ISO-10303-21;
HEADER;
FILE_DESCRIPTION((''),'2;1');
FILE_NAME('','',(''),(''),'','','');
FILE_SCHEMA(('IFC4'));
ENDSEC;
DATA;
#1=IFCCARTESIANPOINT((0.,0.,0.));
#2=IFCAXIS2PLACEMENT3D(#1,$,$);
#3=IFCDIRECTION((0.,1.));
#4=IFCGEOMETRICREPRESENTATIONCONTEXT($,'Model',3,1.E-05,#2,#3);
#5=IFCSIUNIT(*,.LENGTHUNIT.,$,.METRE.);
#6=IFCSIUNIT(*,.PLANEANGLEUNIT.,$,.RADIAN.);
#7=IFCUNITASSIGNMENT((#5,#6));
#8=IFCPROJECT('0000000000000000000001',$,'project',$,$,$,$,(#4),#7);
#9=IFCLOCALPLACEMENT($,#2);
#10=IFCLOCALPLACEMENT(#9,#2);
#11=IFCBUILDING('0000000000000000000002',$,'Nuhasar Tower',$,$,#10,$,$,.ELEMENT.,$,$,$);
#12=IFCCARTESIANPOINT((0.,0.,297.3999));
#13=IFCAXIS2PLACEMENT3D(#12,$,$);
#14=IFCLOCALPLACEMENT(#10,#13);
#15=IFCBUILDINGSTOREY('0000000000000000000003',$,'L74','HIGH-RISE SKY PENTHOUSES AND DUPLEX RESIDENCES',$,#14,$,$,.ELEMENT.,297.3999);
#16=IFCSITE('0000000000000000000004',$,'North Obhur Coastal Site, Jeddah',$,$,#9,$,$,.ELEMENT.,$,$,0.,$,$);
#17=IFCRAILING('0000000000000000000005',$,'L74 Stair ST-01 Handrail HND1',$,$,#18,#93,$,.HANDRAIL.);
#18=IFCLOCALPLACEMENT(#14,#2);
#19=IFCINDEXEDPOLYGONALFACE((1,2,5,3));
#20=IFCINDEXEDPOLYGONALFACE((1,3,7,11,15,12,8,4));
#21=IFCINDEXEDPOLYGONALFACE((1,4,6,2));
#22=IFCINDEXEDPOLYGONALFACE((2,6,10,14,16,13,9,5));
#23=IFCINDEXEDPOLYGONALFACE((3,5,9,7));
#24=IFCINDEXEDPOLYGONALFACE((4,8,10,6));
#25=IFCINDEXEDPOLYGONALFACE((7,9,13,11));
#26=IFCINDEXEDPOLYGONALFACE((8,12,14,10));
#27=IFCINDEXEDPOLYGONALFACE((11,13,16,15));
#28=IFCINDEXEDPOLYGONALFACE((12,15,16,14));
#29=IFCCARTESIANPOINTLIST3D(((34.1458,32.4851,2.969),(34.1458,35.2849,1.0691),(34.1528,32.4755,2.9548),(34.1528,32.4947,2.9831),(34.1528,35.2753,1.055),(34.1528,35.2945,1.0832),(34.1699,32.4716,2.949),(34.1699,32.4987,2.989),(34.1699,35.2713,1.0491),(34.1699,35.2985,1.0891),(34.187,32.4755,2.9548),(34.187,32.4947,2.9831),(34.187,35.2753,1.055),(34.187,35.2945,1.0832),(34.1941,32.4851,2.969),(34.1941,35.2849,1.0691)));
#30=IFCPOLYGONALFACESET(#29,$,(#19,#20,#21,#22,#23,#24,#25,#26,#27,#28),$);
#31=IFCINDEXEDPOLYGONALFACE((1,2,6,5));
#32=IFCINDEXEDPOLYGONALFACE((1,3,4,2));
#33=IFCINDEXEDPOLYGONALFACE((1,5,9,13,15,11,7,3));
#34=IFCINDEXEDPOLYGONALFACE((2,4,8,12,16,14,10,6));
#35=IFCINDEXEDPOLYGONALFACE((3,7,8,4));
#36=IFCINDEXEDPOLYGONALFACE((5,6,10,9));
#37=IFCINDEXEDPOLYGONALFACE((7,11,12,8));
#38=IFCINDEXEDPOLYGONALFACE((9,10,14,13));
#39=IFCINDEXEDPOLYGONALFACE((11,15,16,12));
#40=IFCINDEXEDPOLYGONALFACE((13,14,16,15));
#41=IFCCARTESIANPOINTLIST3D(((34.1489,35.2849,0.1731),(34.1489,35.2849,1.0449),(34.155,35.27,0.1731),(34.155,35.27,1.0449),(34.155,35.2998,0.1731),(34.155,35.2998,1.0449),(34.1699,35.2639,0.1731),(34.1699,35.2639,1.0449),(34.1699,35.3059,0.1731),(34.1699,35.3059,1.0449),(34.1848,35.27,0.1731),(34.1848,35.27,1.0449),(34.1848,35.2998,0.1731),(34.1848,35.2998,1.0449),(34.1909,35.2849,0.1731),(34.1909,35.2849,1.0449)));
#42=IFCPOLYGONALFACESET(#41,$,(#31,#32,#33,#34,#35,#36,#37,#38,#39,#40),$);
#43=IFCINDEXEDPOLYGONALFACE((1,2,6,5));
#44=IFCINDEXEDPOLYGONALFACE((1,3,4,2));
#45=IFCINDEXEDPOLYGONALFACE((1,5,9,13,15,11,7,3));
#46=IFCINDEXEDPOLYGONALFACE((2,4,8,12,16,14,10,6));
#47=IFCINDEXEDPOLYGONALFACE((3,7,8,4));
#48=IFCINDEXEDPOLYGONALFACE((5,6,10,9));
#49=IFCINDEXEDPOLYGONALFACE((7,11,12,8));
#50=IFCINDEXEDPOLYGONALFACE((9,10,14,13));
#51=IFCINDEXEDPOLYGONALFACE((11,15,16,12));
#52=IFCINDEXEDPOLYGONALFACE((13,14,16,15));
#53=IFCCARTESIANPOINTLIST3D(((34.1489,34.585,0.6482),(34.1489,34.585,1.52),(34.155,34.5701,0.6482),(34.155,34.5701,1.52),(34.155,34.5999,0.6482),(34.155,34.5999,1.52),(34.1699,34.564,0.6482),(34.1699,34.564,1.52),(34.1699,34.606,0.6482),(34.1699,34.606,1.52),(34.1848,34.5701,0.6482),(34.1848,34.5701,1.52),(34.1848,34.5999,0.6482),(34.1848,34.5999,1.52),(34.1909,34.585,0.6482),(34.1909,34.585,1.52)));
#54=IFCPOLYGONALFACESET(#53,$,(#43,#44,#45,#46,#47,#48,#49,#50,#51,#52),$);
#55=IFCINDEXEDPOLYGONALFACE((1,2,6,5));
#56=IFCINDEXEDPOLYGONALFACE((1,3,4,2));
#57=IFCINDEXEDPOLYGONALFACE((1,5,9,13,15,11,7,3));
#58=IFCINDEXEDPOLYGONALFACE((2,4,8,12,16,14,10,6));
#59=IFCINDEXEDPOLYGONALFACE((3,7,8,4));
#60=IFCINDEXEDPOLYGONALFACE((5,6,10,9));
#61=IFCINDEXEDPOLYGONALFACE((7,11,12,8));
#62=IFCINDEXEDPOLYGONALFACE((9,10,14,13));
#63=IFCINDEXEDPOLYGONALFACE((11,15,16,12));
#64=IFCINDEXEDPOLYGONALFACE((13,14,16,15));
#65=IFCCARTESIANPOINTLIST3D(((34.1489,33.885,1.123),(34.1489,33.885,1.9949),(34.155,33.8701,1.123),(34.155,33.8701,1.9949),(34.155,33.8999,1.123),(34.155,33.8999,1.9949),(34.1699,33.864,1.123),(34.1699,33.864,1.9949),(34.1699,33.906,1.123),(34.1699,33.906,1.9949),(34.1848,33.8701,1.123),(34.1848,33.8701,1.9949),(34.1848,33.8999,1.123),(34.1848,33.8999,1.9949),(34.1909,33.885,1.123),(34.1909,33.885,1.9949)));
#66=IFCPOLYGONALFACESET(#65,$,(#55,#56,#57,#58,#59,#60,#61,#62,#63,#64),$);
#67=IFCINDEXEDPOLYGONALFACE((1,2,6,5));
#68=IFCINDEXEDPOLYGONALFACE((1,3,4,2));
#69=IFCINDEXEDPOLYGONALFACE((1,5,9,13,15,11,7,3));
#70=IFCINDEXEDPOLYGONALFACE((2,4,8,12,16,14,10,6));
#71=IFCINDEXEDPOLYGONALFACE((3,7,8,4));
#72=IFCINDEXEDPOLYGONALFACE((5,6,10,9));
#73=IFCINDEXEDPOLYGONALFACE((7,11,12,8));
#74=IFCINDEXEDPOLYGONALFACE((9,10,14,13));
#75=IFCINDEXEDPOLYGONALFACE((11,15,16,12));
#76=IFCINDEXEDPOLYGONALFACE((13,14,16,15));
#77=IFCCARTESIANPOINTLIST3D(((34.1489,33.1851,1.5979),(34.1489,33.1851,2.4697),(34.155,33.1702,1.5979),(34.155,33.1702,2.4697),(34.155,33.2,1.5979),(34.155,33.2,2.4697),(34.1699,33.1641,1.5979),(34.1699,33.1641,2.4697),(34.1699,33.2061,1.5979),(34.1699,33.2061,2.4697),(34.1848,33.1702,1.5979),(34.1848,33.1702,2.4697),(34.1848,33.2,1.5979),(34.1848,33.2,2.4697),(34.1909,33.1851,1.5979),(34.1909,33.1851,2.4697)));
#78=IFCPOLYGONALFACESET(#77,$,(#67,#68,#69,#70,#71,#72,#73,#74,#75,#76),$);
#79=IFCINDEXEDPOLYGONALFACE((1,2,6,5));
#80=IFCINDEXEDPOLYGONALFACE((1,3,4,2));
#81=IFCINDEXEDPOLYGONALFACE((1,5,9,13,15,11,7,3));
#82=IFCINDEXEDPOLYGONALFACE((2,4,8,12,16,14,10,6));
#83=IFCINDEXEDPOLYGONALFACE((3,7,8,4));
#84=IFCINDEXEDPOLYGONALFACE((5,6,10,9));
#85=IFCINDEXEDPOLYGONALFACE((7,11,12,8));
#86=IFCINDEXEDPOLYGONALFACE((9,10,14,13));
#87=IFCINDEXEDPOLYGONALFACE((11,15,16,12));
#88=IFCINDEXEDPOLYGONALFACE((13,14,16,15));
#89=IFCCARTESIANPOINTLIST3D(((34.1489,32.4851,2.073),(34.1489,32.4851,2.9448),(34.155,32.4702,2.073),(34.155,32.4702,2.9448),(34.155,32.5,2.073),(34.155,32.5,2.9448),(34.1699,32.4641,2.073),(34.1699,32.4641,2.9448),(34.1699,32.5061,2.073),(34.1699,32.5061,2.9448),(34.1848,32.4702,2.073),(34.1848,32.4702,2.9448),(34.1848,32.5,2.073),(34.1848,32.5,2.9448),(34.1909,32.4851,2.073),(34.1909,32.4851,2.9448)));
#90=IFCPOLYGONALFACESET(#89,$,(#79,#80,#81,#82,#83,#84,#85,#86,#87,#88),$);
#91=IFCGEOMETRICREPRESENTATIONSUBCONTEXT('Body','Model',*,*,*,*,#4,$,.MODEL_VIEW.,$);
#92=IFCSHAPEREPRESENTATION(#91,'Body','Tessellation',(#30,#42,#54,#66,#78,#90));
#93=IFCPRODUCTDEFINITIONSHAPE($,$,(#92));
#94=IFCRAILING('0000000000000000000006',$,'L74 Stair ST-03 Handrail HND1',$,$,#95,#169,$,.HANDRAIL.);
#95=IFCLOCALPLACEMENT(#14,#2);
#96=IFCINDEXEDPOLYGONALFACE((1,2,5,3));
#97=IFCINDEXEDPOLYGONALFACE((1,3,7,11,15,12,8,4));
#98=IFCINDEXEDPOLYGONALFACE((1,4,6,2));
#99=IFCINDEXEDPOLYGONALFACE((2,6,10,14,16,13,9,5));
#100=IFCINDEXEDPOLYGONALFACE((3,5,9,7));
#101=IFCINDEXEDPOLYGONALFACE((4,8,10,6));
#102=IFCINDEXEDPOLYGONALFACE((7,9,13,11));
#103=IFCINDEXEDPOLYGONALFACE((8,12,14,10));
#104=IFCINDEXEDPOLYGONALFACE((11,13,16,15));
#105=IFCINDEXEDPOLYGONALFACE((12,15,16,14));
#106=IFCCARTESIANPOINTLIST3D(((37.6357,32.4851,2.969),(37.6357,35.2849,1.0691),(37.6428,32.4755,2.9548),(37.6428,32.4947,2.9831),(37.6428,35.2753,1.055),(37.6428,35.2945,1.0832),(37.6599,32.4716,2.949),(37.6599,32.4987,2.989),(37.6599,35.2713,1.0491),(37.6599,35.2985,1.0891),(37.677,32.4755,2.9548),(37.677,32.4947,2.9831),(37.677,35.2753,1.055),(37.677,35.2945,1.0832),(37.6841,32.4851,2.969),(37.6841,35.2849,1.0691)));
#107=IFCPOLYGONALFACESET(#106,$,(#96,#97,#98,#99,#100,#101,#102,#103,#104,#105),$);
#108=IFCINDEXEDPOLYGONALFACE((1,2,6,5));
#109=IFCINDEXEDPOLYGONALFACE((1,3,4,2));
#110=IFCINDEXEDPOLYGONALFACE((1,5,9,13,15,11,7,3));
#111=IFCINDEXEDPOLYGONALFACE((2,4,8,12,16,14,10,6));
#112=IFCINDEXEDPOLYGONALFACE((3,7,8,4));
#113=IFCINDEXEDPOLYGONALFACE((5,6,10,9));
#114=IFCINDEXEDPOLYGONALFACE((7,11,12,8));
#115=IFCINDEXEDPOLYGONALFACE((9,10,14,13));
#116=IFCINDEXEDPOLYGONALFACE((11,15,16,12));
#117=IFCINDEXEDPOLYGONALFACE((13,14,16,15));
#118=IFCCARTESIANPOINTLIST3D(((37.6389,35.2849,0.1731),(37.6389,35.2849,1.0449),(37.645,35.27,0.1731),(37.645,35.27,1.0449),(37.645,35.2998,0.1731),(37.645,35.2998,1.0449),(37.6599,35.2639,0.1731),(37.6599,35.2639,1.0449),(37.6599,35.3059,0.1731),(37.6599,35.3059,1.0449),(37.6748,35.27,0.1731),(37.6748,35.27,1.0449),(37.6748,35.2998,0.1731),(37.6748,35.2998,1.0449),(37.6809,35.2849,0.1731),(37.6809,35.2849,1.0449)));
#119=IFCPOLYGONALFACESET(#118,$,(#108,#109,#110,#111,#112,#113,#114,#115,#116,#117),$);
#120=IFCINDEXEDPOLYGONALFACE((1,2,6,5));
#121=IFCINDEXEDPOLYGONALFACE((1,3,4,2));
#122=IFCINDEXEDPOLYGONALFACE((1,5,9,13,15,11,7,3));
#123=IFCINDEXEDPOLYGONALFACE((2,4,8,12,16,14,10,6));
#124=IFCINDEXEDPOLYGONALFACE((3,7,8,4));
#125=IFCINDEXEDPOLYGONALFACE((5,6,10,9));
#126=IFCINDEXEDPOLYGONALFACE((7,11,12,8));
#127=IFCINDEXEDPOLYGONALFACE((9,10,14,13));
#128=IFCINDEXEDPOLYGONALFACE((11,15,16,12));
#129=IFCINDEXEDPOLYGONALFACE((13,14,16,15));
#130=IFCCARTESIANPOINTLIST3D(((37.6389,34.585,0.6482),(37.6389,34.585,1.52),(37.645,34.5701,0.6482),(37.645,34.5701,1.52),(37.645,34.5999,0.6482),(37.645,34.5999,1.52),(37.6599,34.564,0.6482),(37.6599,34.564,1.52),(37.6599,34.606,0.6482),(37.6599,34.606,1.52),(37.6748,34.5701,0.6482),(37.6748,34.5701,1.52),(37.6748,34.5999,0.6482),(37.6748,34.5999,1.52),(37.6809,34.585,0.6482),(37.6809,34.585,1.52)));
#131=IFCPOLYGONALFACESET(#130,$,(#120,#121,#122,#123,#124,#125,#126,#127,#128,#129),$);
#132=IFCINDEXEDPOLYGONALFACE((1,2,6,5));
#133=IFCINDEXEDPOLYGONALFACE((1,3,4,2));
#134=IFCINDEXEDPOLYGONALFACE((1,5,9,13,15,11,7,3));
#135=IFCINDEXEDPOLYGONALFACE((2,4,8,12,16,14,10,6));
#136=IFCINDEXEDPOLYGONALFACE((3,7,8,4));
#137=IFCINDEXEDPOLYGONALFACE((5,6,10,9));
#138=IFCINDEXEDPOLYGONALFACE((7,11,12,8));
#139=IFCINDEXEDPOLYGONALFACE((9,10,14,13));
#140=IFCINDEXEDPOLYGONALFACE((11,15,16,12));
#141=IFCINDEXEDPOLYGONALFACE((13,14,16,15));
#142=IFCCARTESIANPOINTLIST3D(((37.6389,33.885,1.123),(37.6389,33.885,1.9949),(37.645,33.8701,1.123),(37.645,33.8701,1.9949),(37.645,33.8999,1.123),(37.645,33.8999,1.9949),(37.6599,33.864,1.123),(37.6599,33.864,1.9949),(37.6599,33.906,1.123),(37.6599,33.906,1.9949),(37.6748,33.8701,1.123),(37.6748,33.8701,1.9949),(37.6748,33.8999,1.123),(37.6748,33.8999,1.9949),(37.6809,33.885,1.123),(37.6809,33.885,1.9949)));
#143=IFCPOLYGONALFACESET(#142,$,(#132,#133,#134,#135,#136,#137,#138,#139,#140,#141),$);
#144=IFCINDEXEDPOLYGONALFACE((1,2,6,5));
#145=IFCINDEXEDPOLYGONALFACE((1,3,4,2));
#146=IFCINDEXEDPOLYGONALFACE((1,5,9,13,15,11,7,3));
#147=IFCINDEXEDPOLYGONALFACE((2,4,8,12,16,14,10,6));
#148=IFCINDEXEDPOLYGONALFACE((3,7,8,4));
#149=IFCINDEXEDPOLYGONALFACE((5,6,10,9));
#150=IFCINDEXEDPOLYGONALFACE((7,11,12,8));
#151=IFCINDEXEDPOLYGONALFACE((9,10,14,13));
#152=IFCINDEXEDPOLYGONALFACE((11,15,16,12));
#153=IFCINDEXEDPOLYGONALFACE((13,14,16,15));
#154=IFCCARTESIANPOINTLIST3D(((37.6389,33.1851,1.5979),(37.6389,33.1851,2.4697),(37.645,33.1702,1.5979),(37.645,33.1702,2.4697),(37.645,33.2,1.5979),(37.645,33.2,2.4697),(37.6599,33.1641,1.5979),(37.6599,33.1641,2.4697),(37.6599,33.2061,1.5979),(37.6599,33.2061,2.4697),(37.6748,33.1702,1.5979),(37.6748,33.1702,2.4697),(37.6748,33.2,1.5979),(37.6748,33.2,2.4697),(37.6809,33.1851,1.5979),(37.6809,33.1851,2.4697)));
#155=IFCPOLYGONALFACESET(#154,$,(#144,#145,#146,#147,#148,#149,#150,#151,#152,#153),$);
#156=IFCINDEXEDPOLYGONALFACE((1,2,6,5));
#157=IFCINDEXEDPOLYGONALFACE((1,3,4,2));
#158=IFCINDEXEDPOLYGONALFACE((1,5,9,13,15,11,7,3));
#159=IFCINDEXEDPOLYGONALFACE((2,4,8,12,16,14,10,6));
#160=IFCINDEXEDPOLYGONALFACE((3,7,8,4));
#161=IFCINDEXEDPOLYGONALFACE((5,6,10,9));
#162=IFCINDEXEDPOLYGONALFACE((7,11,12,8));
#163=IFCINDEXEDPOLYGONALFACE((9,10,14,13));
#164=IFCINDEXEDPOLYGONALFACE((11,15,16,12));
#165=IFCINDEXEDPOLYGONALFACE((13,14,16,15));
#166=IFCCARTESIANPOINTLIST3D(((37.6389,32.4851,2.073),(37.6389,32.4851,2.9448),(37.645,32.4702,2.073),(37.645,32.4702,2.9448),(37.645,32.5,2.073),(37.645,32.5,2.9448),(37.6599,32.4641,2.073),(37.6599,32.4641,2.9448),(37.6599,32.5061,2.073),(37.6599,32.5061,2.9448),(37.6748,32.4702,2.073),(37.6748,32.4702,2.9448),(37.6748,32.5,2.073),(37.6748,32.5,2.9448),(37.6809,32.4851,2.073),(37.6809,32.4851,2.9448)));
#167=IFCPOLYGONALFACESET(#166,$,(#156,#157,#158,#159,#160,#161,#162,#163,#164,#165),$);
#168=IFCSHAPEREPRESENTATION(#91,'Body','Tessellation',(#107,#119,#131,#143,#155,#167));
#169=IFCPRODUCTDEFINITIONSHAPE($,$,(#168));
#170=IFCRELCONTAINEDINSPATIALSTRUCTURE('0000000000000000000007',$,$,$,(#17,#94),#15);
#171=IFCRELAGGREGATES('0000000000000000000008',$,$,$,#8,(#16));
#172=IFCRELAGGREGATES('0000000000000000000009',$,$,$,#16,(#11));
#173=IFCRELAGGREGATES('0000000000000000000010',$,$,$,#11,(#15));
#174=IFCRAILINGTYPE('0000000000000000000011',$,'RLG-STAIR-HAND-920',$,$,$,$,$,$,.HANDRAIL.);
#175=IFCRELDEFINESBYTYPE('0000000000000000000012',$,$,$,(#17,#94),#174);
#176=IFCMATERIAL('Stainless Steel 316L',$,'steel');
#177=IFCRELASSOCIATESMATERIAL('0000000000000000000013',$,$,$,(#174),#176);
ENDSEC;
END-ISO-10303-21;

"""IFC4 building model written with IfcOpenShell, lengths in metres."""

from ifc_helpers import new_model, si_unit, direction, frame, origin, place, context, subcontext, project, spatial, polyline, outline, extrude, material, type_object, element, save


model = new_model("IFC4")

# Units and contexts
model_context = context("Model", 3, precision=1e-05, world=origin(), true_north=direction((0.0, 1.0)))
body_context = subcontext(model_context, "Body", "Model", "MODEL_VIEW")
ifc_project = project(units=[si_unit("LENGTHUNIT", "METRE"), si_unit("PLANEANGLEUNIT", "RADIAN")], contexts=[model_context])

# Site, building, storey
site_placement = place(None, origin())
site = spatial("IfcSite", under=ifc_project, at=site_placement, Name="North Obhur Coastal Site, Jeddah", CompositionType="ELEMENT", RefElevation=0.0)
building_placement = place(site_placement, origin())
building = spatial("IfcBuilding", under=site, at=building_placement, Name="Nuhasar Tower", CompositionType="ELEMENT")
storey_placement = place(building_placement, frame((0.0, 0.0, 297.3999)))
storey = spatial("IfcBuildingStorey", under=building, at=storey_placement, Name="L74", Description="HIGH-RISE SKY PENTHOUSES AND DUPLEX RESIDENCES", CompositionType="ELEMENT", Elevation=297.3999)

# Railings
ifc_material_1 = material(Name="Stainless Steel 316L", Category="steel")
railing_type_1 = type_object("IfcRailingType", Name="RLG-STAIR-HAND-920", PredefinedType="HANDRAIL", material=ifc_material_1)
railing_1_placement = place(storey_placement, frame((34.1699, 35.2849, 0.1731)))
element("IfcRailing", 1, at=railing_1_placement, inside=storey, type_object=railing_type_1, Name="L74 Stair ST-01 Handrail HND1", PredefinedType="HANDRAIL", context=body_context, shape_type="SweptSolid", body=[
    extrude(outline(polyline([(0.0242, 0.0), (0.0171, 0.0171), (0.0, 0.0242), (-0.0171, 0.0171), (-0.0242, 0.0), (-0.0171, -0.0171), (0.0, -0.0242), (0.0171, -0.0171), (0.0242, 0.0)])), frame((0.0, 0.0, 0.896), z_axis=(0.0, -0.827471, 0.561508), x_axis=(1.0, 0.0, 0.0)), (0.0, 0.0, 1.0), 3.3835),
    extrude(outline(polyline([(0.021, 0.0), (0.0149, 0.0149), (0.0, 0.021), (-0.0149, 0.0149), (-0.021, 0.0), (-0.0149, -0.0149), (0.0, -0.021), (0.0149, -0.0149), (0.021, 0.0)])), origin(), (0.0, 0.0, 1.0), 0.8718),
    extrude(outline(polyline([(0.021, 0.0), (0.0149, 0.0149), (0.0, 0.021), (-0.0149, 0.0149), (-0.021, 0.0), (-0.0149, -0.0149), (0.0, -0.021), (0.0149, -0.0149), (0.021, 0.0)])), frame((0.0, -0.7, 0.4751)), (0.0, 0.0, 1.0), 0.8718),
    extrude(outline(polyline([(0.021, 0.0), (0.0149, 0.0149), (0.0, 0.021), (-0.0149, 0.0149), (-0.021, 0.0), (-0.0149, -0.0149), (0.0, -0.021), (0.0149, -0.0149), (0.021, 0.0)])), frame((0.0, -1.3999, 0.95)), (0.0, 0.0, 1.0), 0.8718),
    extrude(outline(polyline([(0.021, 0.0), (0.0149, 0.0149), (0.0, 0.021), (-0.0149, 0.0149), (-0.021, 0.0), (-0.0149, -0.0149), (0.0, -0.021), (0.0149, -0.0149), (0.021, 0.0)])), frame((0.0, -2.0999, 1.4248)), (0.0, 0.0, 1.0), 0.8718),
    extrude(outline(polyline([(0.021, 0.0), (0.0149, 0.0149), (0.0, 0.021), (-0.0149, 0.0149), (-0.021, 0.0), (-0.0149, -0.0149), (0.0, -0.021), (0.0149, -0.0149), (0.021, 0.0)])), frame((0.0, -2.7998, 1.8999)), (0.0, 0.0, 1.0), 0.8718),
])
railing_2_placement = place(storey_placement, frame((37.6599, 35.2849, 0.1731)))
element("IfcRailing", 2, at=railing_2_placement, inside=storey, type_object=railing_type_1, Name="L74 Stair ST-03 Handrail HND1", PredefinedType="HANDRAIL", context=body_context, shape_type="SweptSolid", body=[
    extrude(outline(polyline([(0.0242, 0.0), (0.0171, 0.0171), (0.0, 0.0242), (-0.0171, 0.0171), (-0.0242, 0.0), (-0.0171, -0.0171), (0.0, -0.0242), (0.0171, -0.0171), (0.0242, 0.0)])), frame((0.0, 0.0, 0.896), z_axis=(0.0, -0.827471, 0.561508), x_axis=(1.0, 0.0, 0.0)), (0.0, 0.0, 1.0), 3.3835),
    extrude(outline(polyline([(0.021, 0.0), (0.0149, 0.0149), (0.0, 0.021), (-0.0149, 0.0149), (-0.021, 0.0), (-0.0149, -0.0149), (0.0, -0.021), (0.0149, -0.0149), (0.021, 0.0)])), origin(), (0.0, 0.0, 1.0), 0.8718),
    extrude(outline(polyline([(0.021, 0.0), (0.0149, 0.0149), (0.0, 0.021), (-0.0149, 0.0149), (-0.021, 0.0), (-0.0149, -0.0149), (0.0, -0.021), (0.0149, -0.0149), (0.021, 0.0)])), frame((0.0, -0.7, 0.4751)), (0.0, 0.0, 1.0), 0.8718),
    extrude(outline(polyline([(0.021, 0.0), (0.0149, 0.0149), (0.0, 0.021), (-0.0149, 0.0149), (-0.021, 0.0), (-0.0149, -0.0149), (0.0, -0.021), (0.0149, -0.0149), (0.021, 0.0)])), frame((0.0, -1.3999, 0.95)), (0.0, 0.0, 1.0), 0.8718),
    extrude(outline(polyline([(0.021, 0.0), (0.0149, 0.0149), (0.0, 0.021), (-0.0149, 0.0149), (-0.021, 0.0), (-0.0149, -0.0149), (0.0, -0.021), (0.0149, -0.0149), (0.021, 0.0)])), frame((0.0, -2.0999, 1.4248)), (0.0, 0.0, 1.0), 0.8718),
    extrude(outline(polyline([(0.021, 0.0), (0.0149, 0.0149), (0.0, 0.021), (-0.0149, 0.0149), (-0.021, 0.0), (-0.0149, -0.0149), (0.0, -0.021), (0.0149, -0.0149), (0.021, 0.0)])), frame((0.0, -2.7998, 1.8999)), (0.0, 0.0, 1.0), 0.8718),
])

save(model, "model.ifc")
